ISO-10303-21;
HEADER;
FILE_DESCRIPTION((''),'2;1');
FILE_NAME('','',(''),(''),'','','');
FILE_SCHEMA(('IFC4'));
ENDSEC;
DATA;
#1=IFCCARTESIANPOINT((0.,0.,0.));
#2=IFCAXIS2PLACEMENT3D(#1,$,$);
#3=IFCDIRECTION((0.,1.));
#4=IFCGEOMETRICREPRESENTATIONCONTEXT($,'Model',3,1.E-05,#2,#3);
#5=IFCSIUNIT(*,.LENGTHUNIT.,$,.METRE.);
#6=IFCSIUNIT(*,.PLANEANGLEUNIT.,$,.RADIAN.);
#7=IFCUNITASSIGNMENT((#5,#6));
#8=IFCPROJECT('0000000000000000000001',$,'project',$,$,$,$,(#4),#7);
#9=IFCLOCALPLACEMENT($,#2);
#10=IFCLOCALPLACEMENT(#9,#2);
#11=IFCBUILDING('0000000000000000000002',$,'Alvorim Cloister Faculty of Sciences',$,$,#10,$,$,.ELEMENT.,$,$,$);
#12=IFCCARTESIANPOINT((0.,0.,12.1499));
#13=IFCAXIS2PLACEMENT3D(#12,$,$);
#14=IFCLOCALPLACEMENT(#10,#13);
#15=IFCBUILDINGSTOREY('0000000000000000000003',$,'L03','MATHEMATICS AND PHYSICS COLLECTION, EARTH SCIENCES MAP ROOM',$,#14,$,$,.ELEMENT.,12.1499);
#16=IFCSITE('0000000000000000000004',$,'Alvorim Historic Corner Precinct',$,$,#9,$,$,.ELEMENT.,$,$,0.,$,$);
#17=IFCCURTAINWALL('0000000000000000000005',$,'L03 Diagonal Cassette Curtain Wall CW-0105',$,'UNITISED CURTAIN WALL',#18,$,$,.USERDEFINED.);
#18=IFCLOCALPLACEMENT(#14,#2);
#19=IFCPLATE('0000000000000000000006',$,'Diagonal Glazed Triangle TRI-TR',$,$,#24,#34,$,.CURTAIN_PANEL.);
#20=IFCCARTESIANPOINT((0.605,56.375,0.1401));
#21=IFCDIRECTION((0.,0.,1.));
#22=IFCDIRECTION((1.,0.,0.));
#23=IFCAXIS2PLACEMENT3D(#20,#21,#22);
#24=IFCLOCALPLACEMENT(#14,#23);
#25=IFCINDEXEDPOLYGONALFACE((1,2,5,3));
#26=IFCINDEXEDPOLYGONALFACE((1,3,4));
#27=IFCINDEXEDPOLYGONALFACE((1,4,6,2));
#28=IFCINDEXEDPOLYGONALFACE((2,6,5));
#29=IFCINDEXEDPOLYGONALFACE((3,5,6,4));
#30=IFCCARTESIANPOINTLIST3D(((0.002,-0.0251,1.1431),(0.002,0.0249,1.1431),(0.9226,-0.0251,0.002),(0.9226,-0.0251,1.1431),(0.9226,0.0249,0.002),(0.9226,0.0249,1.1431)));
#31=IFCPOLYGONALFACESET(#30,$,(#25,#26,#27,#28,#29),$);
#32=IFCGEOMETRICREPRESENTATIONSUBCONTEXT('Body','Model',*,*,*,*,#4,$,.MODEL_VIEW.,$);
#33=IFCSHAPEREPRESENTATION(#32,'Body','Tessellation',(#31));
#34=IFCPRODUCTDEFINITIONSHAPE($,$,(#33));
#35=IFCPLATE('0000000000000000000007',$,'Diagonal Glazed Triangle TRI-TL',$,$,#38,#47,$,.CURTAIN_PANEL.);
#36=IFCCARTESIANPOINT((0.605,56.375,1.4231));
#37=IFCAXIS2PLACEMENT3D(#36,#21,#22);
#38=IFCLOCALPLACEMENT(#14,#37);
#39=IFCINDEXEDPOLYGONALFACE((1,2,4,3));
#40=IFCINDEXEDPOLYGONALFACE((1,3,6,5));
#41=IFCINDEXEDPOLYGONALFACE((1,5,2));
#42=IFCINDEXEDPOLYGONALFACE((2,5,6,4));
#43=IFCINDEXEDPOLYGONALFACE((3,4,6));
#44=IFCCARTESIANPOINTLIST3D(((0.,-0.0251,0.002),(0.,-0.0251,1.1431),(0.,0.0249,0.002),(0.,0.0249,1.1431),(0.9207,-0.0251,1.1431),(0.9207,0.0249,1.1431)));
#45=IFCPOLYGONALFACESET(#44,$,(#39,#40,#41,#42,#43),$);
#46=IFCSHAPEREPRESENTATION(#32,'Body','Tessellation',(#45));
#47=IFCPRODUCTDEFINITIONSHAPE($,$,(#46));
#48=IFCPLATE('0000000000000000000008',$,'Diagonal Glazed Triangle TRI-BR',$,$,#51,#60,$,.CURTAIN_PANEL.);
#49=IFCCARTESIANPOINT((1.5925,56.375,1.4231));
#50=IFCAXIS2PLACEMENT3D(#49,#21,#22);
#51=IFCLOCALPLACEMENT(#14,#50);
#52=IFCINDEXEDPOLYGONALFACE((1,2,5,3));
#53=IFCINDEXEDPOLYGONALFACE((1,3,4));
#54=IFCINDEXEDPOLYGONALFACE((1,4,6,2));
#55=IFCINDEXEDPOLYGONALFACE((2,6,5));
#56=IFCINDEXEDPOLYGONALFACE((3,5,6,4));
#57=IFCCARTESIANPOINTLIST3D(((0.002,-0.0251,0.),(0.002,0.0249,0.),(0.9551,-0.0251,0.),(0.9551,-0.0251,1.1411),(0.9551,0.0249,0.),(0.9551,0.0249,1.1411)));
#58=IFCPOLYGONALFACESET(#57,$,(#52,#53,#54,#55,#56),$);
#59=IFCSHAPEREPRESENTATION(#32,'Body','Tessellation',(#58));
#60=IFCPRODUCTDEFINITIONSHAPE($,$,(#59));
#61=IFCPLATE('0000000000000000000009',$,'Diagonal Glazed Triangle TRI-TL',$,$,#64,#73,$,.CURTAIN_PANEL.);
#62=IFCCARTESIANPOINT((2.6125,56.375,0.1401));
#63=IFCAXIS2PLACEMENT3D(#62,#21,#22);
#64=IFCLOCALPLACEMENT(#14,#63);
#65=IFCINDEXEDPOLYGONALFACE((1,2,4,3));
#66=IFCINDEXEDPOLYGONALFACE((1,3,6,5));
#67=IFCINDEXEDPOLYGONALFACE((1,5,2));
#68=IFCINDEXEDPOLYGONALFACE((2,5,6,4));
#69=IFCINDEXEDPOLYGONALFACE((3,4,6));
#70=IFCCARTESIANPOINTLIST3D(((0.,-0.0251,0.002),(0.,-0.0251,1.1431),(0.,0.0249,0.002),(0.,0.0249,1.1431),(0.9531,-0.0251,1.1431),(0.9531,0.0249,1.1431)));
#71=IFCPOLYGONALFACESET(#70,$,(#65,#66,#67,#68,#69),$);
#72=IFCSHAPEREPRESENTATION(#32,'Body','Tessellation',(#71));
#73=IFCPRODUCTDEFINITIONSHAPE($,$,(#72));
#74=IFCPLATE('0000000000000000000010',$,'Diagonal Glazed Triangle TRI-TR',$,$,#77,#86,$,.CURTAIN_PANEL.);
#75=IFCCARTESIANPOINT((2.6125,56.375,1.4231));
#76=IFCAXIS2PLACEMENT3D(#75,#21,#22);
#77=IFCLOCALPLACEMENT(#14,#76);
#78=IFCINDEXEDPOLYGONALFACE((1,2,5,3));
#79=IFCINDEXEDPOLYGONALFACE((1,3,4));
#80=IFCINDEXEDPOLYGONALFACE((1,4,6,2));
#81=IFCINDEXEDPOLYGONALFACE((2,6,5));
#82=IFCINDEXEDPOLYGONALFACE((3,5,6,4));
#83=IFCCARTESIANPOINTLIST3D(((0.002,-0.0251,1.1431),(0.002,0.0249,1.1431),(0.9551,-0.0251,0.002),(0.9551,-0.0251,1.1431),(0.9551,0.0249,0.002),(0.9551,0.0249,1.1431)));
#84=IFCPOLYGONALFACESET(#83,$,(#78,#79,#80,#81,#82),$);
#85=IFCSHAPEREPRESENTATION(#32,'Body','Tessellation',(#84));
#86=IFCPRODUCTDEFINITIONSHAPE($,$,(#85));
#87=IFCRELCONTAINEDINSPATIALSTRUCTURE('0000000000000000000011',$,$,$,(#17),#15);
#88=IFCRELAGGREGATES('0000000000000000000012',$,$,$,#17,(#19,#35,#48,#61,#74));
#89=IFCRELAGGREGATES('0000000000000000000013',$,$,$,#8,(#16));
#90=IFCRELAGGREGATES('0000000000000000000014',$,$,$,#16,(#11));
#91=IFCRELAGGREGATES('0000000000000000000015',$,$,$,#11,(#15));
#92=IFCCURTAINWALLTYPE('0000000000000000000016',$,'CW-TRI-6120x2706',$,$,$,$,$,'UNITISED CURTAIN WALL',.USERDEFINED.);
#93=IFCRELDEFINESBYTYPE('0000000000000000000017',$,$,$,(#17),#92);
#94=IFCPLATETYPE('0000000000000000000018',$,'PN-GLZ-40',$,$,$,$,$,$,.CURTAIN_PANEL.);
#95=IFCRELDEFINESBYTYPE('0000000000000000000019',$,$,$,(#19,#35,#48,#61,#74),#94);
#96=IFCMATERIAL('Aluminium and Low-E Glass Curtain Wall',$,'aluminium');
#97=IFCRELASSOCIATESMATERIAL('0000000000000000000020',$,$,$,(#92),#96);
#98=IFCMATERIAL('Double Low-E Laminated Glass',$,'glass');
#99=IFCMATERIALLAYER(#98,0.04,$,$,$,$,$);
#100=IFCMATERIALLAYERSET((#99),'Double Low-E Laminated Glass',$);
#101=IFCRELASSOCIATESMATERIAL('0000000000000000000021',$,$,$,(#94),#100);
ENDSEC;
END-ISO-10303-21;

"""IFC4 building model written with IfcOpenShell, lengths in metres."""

from ifc_helpers import new_model, si_unit, direction, frame, origin, place, context, subcontext, project, spatial, polyline, outline, extrude, material, layer, layer_set, type_object, element, aggregate, save


model = new_model("IFC4")

# Units and contexts
model_context = context("Model", 3, precision=1e-05, world=origin(), true_north=direction((0.0, 1.0)))
body_context = subcontext(model_context, "Body", "Model", "MODEL_VIEW")
ifc_project = project(units=[si_unit("LENGTHUNIT", "METRE"), si_unit("PLANEANGLEUNIT", "RADIAN")], contexts=[model_context])

# Site, building, storey
site_placement = place(None, origin())
site = spatial("IfcSite", under=ifc_project, at=site_placement, Name="Alvorim Historic Corner Precinct", CompositionType="ELEMENT", RefElevation=0.0)
building_placement = place(site_placement, origin())
building = spatial("IfcBuilding", under=site, at=building_placement, Name="Alvorim Cloister Faculty of Sciences", CompositionType="ELEMENT")
storey_placement = place(building_placement, frame((0.0, 0.0, 12.1499)))
storey = spatial("IfcBuildingStorey", under=building, at=storey_placement, Name="L03", Description="MATHEMATICS AND PHYSICS COLLECTION, EARTH SCIENCES MAP ROOM", CompositionType="ELEMENT", Elevation=12.1499)

# Curtain wall
ifc_material_1 = material(Name="Aluminium and Low-E Glass Curtain Wall", Category="aluminium")
curtain_wall_type = type_object("IfcCurtainWallType", Name="CW-TRI-6120x2706", ElementType="UNITISED CURTAIN WALL", PredefinedType="USERDEFINED", material=ifc_material_1)
curtain_wall_placement = place(storey_placement, origin())
curtain_wall = element("IfcCurtainWall", 1, at=curtain_wall_placement, inside=storey, type_object=curtain_wall_type, Name="L03 Diagonal Cassette Curtain Wall CW-0105", ObjectType="UNITISED CURTAIN WALL", PredefinedType="USERDEFINED")

# Plates
ifc_material_2 = material(Name="Double Low-E Laminated Glass", Category="glass")
ifc_layer_1 = layer(ifc_material_2, 0.04)
ifc_layer_set_1 = layer_set([ifc_layer_1], Name="Double Low-E Laminated Glass")
plate_type_1 = type_object("IfcPlateType", Name="PN-GLZ-40", PredefinedType="CURTAIN_PANEL", material=ifc_layer_set_1)
plate_1_placement = place(storey_placement, frame((0.605, 56.375, 0.1401), z_axis=(0.0, 0.0, 1.0), x_axis=(1.0, 0.0, 0.0)))
plate_1 = element("IfcPlate", 2, at=plate_1_placement, type_object=plate_type_1, Name="Diagonal Glazed Triangle TRI-TR", PredefinedType="CURTAIN_PANEL", context=body_context, shape_type="SweptSolid", body=[
    extrude(outline(polyline([(0.9226, 0.002), (0.9226, 1.1431), (0.002, 1.1431), (0.9226, 0.002)])), frame((0.0, 0.0249, 0.0), z_axis=(0.0, -1.0, 0.0), x_axis=(1.0, 0.0, 0.0)), (0.0, 0.0, 1.0), 0.05),
])
plate_2_placement = place(storey_placement, frame((0.605, 56.375, 1.4231), z_axis=(0.0, 0.0, 1.0), x_axis=(1.0, 0.0, 0.0)))
plate_2 = element("IfcPlate", 3, at=plate_2_placement, type_object=plate_type_1, Name="Diagonal Glazed Triangle TRI-TL", PredefinedType="CURTAIN_PANEL", context=body_context, shape_type="SweptSolid", body=[
    extrude(outline(polyline([(0.9207, 1.1431), (0.0, 1.1431), (0.0, 0.002), (0.9207, 1.1431)])), frame((0.0, 0.0249, 0.0), z_axis=(0.0, -1.0, 0.0), x_axis=(1.0, 0.0, 0.0)), (0.0, 0.0, 1.0), 0.05),
])
plate_3_placement = place(storey_placement, frame((1.5925, 56.375, 1.4231), z_axis=(0.0, 0.0, 1.0), x_axis=(1.0, 0.0, 0.0)))
plate_3 = element("IfcPlate", 4, at=plate_3_placement, type_object=plate_type_1, Name="Diagonal Glazed Triangle TRI-BR", PredefinedType="CURTAIN_PANEL", context=body_context, shape_type="SweptSolid", body=[
    extrude(outline(polyline([(0.002, 0.0), (0.9551, 0.0), (0.9551, 1.1411), (0.002, 0.0)])), frame((0.0, 0.0249, 0.0), z_axis=(0.0, -1.0, 0.0), x_axis=(1.0, 0.0, 0.0)), (0.0, 0.0, 1.0), 0.05),
])
plate_4_placement = place(storey_placement, frame((2.6125, 56.375, 0.1401), z_axis=(0.0, 0.0, 1.0), x_axis=(1.0, 0.0, 0.0)))
plate_4 = element("IfcPlate", 5, at=plate_4_placement, type_object=plate_type_1, Name="Diagonal Glazed Triangle TRI-TL", PredefinedType="CURTAIN_PANEL", context=body_context, shape_type="SweptSolid", body=[
    extrude(outline(polyline([(0.9531, 1.1431), (0.0, 1.1431), (0.0, 0.002), (0.9531, 1.1431)])), frame((0.0, 0.0249, 0.0), z_axis=(0.0, -1.0, 0.0), x_axis=(1.0, 0.0, 0.0)), (0.0, 0.0, 1.0), 0.05),
])
plate_5_placement = place(storey_placement, frame((2.6125, 56.375, 1.4231), z_axis=(0.0, 0.0, 1.0), x_axis=(1.0, 0.0, 0.0)))
plate_5 = element("IfcPlate", 6, at=plate_5_placement, type_object=plate_type_1, Name="Diagonal Glazed Triangle TRI-TR", PredefinedType="CURTAIN_PANEL", context=body_context, shape_type="SweptSolid", body=[
    extrude(outline(polyline([(0.9551, 0.002), (0.9551, 1.1431), (0.002, 1.1431), (0.9551, 0.002)])), frame((0.0, 0.0249, 0.0), z_axis=(0.0, -1.0, 0.0), x_axis=(1.0, 0.0, 0.0)), (0.0, 0.0, 1.0), 0.05),
])
aggregate(curtain_wall, [plate_1, plate_2, plate_3, plate_4, plate_5])

save(model, "model.ifc")
